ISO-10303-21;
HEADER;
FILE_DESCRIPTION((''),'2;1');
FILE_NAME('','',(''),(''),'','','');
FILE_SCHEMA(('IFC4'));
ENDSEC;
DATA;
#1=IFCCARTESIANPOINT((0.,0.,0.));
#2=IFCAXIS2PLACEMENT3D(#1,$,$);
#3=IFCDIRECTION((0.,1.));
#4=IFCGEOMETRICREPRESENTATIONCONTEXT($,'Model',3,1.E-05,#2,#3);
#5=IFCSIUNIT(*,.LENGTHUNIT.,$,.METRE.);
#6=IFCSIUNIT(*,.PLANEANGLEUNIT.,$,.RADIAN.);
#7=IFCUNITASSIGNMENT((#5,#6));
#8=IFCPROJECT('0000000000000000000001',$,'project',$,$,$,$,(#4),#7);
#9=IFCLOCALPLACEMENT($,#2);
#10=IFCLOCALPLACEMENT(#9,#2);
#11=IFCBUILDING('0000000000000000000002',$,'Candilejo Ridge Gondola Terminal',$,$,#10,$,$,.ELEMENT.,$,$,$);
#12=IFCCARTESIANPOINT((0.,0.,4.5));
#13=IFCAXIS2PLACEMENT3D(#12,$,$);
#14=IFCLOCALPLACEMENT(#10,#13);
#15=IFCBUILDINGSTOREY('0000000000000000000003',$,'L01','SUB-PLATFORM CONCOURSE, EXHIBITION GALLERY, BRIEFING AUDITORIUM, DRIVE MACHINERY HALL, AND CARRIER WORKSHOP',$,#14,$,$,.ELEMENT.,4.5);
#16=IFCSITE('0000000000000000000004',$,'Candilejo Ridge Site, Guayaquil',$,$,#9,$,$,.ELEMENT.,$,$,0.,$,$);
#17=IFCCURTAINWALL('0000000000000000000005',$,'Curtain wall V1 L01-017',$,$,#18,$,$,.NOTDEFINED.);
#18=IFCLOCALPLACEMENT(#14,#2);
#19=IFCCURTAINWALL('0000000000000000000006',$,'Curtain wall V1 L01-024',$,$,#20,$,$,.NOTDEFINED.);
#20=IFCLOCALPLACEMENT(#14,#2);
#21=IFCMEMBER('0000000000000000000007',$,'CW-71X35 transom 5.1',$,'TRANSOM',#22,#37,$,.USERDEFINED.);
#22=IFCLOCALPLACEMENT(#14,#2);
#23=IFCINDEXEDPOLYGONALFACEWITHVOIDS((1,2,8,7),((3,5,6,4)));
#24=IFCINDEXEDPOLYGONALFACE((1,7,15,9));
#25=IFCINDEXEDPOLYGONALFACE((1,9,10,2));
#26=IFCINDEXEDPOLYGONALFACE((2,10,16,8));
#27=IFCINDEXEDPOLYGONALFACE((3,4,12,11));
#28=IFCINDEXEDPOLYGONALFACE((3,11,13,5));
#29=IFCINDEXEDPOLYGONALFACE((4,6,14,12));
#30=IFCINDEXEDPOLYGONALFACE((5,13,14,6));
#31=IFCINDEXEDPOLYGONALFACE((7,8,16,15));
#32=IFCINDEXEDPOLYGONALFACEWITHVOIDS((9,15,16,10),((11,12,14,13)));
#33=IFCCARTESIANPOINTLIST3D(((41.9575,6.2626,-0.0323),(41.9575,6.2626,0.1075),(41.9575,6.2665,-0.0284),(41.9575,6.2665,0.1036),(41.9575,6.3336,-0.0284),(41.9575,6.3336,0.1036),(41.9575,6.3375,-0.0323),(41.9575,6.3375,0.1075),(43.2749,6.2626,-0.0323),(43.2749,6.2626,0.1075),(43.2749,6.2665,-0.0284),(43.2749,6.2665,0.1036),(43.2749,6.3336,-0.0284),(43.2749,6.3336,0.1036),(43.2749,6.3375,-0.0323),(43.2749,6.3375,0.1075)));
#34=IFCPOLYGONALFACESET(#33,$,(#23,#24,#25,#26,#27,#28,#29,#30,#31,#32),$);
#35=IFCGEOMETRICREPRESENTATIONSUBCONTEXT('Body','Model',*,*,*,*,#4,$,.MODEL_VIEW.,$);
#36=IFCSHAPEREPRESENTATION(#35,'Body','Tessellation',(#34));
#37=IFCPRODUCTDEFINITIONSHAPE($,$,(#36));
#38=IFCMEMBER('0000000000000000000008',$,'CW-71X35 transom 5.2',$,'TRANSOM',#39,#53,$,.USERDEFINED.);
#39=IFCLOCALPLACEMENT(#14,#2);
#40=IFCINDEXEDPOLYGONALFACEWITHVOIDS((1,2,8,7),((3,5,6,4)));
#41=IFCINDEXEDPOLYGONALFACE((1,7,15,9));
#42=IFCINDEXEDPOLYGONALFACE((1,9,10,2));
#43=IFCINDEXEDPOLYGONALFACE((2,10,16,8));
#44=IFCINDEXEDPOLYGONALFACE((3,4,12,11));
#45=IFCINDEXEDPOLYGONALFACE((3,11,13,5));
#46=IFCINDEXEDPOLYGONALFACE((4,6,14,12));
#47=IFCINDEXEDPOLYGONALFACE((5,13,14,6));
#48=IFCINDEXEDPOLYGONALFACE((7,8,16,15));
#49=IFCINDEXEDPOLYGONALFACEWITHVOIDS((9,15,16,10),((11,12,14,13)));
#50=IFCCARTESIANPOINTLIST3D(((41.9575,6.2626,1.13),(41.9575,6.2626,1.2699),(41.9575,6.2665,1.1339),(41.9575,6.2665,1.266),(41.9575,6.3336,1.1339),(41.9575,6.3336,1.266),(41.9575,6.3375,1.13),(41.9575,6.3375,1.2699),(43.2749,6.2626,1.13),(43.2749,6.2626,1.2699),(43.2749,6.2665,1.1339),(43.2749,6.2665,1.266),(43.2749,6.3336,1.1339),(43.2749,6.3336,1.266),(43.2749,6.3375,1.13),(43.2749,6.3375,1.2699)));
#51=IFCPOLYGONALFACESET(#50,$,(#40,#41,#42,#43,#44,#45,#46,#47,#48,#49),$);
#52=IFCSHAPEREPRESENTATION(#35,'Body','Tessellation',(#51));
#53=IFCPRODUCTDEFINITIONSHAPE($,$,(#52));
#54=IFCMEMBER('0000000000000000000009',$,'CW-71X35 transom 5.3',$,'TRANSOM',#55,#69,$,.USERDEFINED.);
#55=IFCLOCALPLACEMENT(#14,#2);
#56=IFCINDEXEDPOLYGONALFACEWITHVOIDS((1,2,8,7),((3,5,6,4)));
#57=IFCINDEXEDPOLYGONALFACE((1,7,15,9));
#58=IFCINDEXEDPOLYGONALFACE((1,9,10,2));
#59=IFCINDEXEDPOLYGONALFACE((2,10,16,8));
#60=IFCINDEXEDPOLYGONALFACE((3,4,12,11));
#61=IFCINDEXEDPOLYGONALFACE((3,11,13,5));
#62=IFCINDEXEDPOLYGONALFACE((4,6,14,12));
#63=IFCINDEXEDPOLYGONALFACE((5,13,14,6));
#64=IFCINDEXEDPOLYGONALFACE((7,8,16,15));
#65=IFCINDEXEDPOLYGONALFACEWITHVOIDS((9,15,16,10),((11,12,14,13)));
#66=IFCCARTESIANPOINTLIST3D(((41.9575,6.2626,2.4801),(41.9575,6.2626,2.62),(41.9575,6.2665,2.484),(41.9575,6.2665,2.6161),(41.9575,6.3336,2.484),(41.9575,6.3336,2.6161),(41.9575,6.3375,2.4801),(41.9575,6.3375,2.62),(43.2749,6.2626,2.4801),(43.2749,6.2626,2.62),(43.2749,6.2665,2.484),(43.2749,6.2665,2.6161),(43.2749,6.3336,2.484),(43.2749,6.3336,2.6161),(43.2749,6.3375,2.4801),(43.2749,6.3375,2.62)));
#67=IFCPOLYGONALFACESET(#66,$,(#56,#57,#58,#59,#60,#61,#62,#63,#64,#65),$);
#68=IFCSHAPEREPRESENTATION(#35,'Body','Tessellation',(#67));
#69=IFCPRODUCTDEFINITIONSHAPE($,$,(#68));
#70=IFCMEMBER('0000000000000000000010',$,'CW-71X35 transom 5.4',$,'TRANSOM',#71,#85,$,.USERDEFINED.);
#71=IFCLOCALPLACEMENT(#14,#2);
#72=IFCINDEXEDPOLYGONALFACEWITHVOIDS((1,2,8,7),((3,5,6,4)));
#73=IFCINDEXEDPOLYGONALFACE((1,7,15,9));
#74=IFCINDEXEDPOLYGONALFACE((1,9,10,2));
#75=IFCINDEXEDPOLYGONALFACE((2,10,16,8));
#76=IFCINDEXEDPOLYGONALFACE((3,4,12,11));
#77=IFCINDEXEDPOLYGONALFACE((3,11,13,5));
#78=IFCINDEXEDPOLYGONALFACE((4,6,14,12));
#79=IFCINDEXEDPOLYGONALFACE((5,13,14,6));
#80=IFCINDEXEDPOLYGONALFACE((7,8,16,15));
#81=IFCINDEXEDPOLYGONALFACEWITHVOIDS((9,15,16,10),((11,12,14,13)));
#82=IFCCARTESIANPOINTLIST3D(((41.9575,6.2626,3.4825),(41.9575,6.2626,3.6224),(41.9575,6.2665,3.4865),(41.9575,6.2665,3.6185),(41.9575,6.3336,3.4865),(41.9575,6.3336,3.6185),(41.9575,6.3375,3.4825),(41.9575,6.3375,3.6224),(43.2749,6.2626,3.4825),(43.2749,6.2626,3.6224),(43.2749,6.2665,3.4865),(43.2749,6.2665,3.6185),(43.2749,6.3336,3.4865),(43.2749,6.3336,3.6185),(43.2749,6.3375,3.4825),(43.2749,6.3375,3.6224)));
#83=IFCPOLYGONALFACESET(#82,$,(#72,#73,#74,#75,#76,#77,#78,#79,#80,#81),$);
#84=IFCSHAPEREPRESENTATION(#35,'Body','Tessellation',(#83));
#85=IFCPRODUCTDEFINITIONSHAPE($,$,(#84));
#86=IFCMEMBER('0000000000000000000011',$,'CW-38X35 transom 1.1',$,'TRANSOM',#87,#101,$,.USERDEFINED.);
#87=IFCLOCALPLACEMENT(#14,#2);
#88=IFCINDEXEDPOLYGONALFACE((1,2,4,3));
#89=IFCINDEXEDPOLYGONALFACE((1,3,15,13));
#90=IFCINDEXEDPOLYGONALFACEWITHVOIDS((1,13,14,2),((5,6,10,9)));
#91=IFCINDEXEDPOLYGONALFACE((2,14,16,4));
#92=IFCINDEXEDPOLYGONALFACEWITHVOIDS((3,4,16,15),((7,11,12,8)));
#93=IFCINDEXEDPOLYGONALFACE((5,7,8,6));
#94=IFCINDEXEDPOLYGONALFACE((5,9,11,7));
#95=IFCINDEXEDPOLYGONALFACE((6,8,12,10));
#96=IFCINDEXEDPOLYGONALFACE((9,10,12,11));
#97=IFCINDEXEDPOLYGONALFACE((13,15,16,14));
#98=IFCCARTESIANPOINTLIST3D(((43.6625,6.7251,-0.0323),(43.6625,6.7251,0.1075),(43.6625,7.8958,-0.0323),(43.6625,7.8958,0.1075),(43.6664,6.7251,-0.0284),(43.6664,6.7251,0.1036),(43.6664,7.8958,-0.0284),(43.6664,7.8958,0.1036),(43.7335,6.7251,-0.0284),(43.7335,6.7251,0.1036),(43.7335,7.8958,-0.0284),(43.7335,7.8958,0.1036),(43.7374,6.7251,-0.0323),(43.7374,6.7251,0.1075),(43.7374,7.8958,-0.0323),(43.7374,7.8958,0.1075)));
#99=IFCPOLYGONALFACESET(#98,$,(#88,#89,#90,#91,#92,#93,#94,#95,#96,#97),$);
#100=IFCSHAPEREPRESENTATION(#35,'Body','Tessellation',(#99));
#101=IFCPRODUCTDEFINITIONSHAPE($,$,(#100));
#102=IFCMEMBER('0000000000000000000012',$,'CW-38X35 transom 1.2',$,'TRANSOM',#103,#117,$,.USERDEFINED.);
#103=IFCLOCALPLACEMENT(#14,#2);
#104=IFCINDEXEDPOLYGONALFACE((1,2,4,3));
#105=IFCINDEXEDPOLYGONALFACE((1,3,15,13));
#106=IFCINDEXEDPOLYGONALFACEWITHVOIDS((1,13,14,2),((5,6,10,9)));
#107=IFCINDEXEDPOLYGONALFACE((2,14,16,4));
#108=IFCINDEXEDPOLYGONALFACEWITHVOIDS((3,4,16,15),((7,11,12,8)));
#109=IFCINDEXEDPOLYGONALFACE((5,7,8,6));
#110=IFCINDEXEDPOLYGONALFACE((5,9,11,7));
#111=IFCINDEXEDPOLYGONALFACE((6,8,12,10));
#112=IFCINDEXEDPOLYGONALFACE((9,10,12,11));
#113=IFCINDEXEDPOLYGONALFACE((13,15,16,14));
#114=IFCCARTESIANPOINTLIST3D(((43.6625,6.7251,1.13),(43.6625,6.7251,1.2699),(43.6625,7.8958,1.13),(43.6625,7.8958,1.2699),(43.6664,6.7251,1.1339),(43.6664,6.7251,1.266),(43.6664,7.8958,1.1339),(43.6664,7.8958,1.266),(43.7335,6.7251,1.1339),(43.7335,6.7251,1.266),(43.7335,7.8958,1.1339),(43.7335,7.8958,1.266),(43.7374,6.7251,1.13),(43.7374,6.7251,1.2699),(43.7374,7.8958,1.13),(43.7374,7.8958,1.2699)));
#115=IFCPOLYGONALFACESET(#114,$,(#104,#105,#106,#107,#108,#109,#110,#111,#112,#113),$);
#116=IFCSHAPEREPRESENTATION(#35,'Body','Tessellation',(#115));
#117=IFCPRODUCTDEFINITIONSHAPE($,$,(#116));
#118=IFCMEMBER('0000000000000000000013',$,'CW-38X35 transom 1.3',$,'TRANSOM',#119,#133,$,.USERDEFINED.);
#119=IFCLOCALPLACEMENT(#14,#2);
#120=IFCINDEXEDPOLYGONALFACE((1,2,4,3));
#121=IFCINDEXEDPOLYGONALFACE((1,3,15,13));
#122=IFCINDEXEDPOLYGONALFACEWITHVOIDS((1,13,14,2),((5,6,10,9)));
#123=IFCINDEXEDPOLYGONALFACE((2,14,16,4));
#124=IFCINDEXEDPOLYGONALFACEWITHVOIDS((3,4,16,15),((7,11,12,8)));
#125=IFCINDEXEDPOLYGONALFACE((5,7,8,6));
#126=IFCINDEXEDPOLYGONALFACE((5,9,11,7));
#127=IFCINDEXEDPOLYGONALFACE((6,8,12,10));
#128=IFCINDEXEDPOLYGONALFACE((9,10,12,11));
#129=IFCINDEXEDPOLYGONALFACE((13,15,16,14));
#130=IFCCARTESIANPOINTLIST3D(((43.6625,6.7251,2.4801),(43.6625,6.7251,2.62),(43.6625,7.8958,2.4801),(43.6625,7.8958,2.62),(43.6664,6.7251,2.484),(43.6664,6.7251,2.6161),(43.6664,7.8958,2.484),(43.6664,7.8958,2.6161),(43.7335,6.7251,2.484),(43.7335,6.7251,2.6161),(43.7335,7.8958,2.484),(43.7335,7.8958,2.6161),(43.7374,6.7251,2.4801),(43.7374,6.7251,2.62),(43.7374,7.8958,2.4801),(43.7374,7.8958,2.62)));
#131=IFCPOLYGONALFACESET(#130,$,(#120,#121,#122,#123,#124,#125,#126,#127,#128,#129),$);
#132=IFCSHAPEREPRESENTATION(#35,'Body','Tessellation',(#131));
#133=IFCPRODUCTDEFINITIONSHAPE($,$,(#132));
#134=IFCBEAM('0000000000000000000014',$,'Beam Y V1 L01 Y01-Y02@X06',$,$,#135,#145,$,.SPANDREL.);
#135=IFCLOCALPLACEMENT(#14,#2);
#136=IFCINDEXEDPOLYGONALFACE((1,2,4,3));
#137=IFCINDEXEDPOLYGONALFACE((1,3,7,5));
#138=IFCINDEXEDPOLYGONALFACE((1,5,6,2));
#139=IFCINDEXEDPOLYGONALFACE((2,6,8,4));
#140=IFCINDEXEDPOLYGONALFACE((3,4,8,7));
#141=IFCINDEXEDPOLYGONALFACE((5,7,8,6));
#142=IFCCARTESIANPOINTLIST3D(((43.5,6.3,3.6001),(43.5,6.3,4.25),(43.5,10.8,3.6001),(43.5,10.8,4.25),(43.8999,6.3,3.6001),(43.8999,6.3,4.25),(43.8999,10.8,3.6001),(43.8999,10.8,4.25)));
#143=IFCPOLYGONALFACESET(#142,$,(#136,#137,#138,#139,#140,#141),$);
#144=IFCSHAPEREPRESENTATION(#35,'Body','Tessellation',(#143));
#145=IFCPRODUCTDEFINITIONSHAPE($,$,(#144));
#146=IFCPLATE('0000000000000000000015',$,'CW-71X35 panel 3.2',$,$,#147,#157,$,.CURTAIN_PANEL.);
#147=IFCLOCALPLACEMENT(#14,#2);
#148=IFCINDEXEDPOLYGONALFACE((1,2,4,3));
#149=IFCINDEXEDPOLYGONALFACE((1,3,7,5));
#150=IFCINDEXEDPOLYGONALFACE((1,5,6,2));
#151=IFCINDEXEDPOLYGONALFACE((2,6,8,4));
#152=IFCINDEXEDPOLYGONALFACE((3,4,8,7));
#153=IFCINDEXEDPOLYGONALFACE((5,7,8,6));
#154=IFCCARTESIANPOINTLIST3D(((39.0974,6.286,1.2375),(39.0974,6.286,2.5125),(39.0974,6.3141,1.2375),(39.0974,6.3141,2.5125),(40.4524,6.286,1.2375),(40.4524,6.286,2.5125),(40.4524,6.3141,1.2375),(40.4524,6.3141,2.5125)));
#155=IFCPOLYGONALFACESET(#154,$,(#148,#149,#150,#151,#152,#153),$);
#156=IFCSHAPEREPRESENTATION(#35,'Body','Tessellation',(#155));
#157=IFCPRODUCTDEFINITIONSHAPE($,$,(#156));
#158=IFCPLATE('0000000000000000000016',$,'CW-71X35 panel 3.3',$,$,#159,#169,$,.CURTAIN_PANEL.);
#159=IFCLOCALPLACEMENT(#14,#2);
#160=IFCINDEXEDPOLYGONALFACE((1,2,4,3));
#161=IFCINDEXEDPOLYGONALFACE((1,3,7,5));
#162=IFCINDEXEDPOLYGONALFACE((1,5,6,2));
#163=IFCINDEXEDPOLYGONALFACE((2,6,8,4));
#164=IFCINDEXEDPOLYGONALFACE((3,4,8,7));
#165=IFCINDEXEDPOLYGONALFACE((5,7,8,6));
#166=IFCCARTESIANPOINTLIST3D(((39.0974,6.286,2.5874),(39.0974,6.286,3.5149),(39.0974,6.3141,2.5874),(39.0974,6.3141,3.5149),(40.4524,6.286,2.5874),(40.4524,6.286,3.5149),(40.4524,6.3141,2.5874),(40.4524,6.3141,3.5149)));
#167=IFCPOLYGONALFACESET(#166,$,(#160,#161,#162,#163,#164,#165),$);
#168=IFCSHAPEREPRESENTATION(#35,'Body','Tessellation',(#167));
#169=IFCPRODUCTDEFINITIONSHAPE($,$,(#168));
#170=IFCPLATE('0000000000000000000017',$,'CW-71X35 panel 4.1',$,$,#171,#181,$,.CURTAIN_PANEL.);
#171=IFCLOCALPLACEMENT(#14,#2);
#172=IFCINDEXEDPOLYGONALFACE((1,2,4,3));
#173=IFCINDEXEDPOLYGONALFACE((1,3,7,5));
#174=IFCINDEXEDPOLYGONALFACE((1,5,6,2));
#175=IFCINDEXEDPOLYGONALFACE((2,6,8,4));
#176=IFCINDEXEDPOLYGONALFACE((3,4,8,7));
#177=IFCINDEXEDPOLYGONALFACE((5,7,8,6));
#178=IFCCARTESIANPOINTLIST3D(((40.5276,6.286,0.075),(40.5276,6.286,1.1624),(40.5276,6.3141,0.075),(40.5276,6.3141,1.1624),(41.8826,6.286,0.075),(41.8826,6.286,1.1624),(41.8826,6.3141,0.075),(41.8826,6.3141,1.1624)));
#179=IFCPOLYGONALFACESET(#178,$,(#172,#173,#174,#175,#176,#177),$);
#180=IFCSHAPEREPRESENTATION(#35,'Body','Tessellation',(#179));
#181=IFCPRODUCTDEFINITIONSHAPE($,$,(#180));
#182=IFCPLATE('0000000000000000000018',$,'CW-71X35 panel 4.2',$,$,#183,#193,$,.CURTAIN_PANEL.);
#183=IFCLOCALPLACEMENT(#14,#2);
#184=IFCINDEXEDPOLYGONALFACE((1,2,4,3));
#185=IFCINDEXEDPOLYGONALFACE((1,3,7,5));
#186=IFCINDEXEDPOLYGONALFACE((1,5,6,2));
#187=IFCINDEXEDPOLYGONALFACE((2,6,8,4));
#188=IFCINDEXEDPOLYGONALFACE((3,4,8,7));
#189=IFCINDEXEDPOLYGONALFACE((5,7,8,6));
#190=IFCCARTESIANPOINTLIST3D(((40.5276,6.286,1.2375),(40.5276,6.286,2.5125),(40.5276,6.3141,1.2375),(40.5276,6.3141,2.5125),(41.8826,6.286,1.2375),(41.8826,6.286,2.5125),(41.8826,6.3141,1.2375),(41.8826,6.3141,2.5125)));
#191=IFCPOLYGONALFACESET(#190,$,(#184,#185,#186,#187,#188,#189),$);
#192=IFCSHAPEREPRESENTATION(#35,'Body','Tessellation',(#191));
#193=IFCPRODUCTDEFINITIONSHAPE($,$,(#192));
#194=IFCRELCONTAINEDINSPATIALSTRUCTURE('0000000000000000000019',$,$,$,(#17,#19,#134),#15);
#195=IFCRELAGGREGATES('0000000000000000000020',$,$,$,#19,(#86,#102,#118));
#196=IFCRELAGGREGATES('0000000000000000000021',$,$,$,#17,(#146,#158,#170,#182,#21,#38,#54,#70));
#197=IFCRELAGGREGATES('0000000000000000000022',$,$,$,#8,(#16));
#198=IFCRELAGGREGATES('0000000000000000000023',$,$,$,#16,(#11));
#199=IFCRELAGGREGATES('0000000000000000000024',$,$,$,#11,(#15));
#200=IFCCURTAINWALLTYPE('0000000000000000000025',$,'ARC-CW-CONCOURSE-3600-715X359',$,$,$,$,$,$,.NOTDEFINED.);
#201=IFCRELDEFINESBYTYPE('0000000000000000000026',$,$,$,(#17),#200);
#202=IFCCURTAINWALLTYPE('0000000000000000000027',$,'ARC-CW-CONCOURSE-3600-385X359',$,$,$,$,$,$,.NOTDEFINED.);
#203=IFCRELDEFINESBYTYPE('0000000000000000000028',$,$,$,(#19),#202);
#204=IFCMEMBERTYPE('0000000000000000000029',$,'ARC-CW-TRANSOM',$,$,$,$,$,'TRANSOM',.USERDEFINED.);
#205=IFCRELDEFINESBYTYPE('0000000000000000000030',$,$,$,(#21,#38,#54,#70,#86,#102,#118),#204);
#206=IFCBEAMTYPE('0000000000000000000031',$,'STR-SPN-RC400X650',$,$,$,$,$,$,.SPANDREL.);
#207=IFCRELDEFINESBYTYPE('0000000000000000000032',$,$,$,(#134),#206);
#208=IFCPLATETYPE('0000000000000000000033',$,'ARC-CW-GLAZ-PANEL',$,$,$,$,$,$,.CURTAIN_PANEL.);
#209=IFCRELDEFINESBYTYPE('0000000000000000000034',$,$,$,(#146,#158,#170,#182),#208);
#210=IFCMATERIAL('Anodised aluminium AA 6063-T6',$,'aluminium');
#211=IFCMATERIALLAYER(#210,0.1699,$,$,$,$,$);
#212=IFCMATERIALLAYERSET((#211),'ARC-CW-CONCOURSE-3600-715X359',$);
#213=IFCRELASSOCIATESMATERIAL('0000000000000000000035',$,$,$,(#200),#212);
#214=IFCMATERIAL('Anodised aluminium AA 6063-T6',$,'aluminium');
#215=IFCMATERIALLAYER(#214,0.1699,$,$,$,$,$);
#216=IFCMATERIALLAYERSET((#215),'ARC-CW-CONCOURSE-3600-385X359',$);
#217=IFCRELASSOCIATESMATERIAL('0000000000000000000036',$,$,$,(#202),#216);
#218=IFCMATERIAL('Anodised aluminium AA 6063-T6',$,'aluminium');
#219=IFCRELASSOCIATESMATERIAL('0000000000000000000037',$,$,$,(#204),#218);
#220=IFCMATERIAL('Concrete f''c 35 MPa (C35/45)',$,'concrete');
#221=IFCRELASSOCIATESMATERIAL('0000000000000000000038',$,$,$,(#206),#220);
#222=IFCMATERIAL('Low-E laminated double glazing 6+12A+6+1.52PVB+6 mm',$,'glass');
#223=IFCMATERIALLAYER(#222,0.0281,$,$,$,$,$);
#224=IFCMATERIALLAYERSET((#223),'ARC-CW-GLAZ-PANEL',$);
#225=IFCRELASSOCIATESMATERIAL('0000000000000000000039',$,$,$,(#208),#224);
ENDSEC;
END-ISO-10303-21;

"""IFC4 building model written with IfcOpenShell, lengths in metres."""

from ifc_helpers import new_model, si_unit, direction, frame, origin, origin_2d, place, context, subcontext, project, spatial, rectangle, hollow_rectangle, extrude, material, layer, layer_set, material_profile, profile_set, type_object, element, aggregate, save


model = new_model("IFC4")

# Units and contexts
model_context = context("Model", 3, precision=1e-05, world=origin(), true_north=direction((0.0, 1.0)))
body_context = subcontext(model_context, "Body", "Model", "MODEL_VIEW")
ifc_project = project(units=[si_unit("LENGTHUNIT", "METRE"), si_unit("PLANEANGLEUNIT", "RADIAN")], contexts=[model_context])

# Site, building, storey
site_placement = place(None, origin())
site = spatial("IfcSite", under=ifc_project, at=site_placement, Name="Candilejo Ridge Site, Guayaquil", CompositionType="ELEMENT", RefElevation=0.0)
building_placement = place(site_placement, origin())
building = spatial("IfcBuilding", under=site, at=building_placement, Name="Candilejo Ridge Gondola Terminal", CompositionType="ELEMENT")
storey_placement = place(building_placement, frame((0.0, 0.0, 4.5)))
storey = spatial("IfcBuildingStorey", under=building, at=storey_placement, Name="L01", Description="SUB-PLATFORM CONCOURSE, EXHIBITION GALLERY, BRIEFING AUDITORIUM, DRIVE MACHINERY HALL, AND CARRIER WORKSHOP", CompositionType="ELEMENT", Elevation=4.5)

# Curtain wall
ifc_material_1 = material(Name="Anodised aluminium AA 6063-T6", Category="aluminium")
ifc_layer_1 = layer(ifc_material_1, 0.1699)
ifc_layer_set_1 = layer_set([ifc_layer_1], Name="ARC-CW-CONCOURSE-3600-715X359")
curtain_wall_type_1 = type_object("IfcCurtainWallType", Name="ARC-CW-CONCOURSE-3600-715X359", PredefinedType="NOTDEFINED", material=ifc_layer_set_1)
curtain_wall_1_placement = place(storey_placement, origin())
curtain_wall_1 = element("IfcCurtainWall", 1, at=curtain_wall_1_placement, inside=storey, type_object=curtain_wall_type_1, Name="Curtain wall V1 L01-017", PredefinedType="NOTDEFINED")

# Curtain wall
ifc_material_2 = material(Name="Anodised aluminium AA 6063-T6", Category="aluminium")
ifc_layer_2 = layer(ifc_material_2, 0.1699)
ifc_layer_set_2 = layer_set([ifc_layer_2], Name="ARC-CW-CONCOURSE-3600-385X359")
curtain_wall_type_2 = type_object("IfcCurtainWallType", Name="ARC-CW-CONCOURSE-3600-385X359", PredefinedType="NOTDEFINED", material=ifc_layer_set_2)
curtain_wall_2_placement = place(storey_placement, origin())
curtain_wall_2 = element("IfcCurtainWall", 2, at=curtain_wall_2_placement, inside=storey, type_object=curtain_wall_type_2, Name="Curtain wall V1 L01-024", PredefinedType="NOTDEFINED")

# Members
ifc_material_3 = material(Name="Anodised aluminium AA 6063-T6", Category="aluminium")
ifc_material_profile_1 = material_profile(ifc_material_3, hollow_rectangle(XDim=0.075, YDim=0.1399, WallThickness=0.0039, at=origin_2d()))
ifc_profile_set_1 = profile_set([ifc_material_profile_1], Name="Anodised aluminium AA 6063-T6")
member_type_1 = type_object("IfcMemberType", Name="ARC-CW-TRANSOM", ElementType="TRANSOM", PredefinedType="USERDEFINED", material=ifc_profile_set_1)
member_1_placement = place(storey_placement, frame((41.9575, 6.3, 0.0376), z_axis=(1.0, 0.0, 0.0), x_axis=(0.0, 1.0, 0.0)))
member_1 = element("IfcMember", 3, at=member_1_placement, type_object=member_type_1, Name="CW-71X35 transom 5.1", ObjectType="TRANSOM", PredefinedType="USERDEFINED", context=body_context, shape_type="SweptSolid", body=[
    extrude(hollow_rectangle(XDim=0.075, YDim=0.1399, WallThickness=0.0039, at=origin_2d()), origin(), (0.0, 0.0, 1.0), 1.3174),
])
member_2_placement = place(storey_placement, frame((41.9575, 6.3, 1.2), z_axis=(1.0, 0.0, 0.0), x_axis=(0.0, 1.0, 0.0)))
member_2 = element("IfcMember", 4, at=member_2_placement, type_object=member_type_1, Name="CW-71X35 transom 5.2", ObjectType="TRANSOM", PredefinedType="USERDEFINED", context=body_context, shape_type="SweptSolid", body=[
    extrude(hollow_rectangle(XDim=0.075, YDim=0.1399, WallThickness=0.0039, at=origin_2d()), origin(), (0.0, 0.0, 1.0), 1.3174),
])
member_3_placement = place(storey_placement, frame((41.9575, 6.3, 2.55), z_axis=(1.0, 0.0, 0.0), x_axis=(0.0, 1.0, 0.0)))
member_3 = element("IfcMember", 5, at=member_3_placement, type_object=member_type_1, Name="CW-71X35 transom 5.3", ObjectType="TRANSOM", PredefinedType="USERDEFINED", context=body_context, shape_type="SweptSolid", body=[
    extrude(hollow_rectangle(XDim=0.075, YDim=0.1399, WallThickness=0.0039, at=origin_2d()), origin(), (0.0, 0.0, 1.0), 1.3174),
])
member_4_placement = place(storey_placement, frame((41.9575, 6.3, 3.5525), z_axis=(1.0, 0.0, 0.0), x_axis=(0.0, 1.0, 0.0)))
member_4 = element("IfcMember", 6, at=member_4_placement, type_object=member_type_1, Name="CW-71X35 transom 5.4", ObjectType="TRANSOM", PredefinedType="USERDEFINED", context=body_context, shape_type="SweptSolid", body=[
    extrude(hollow_rectangle(XDim=0.075, YDim=0.1399, WallThickness=0.0039, at=origin_2d()), origin(), (0.0, 0.0, 1.0), 1.3174),
])
member_5_placement = place(storey_placement, frame((43.7, 6.7251, 0.0376), z_axis=(0.0, 1.0, 0.0), x_axis=(-1.0, 0.0, 0.0)))
member_5 = element("IfcMember", 7, at=member_5_placement, type_object=member_type_1, Name="CW-38X35 transom 1.1", ObjectType="TRANSOM", PredefinedType="USERDEFINED", context=body_context, shape_type="SweptSolid", body=[
    extrude(hollow_rectangle(XDim=0.075, YDim=0.1399, WallThickness=0.0039, at=origin_2d()), origin(), (0.0, 0.0, 1.0), 1.1707),
])
member_6_placement = place(storey_placement, frame((43.7, 6.7251, 1.2), z_axis=(0.0, 1.0, 0.0), x_axis=(-1.0, 0.0, 0.0)))
member_6 = element("IfcMember", 8, at=member_6_placement, type_object=member_type_1, Name="CW-38X35 transom 1.2", ObjectType="TRANSOM", PredefinedType="USERDEFINED", context=body_context, shape_type="SweptSolid", body=[
    extrude(hollow_rectangle(XDim=0.075, YDim=0.1399, WallThickness=0.0039, at=origin_2d()), origin(), (0.0, 0.0, 1.0), 1.1707),
])
member_7_placement = place(storey_placement, frame((43.7, 6.7251, 2.55), z_axis=(0.0, 1.0, 0.0), x_axis=(-1.0, 0.0, 0.0)))
member_7 = element("IfcMember", 9, at=member_7_placement, type_object=member_type_1, Name="CW-38X35 transom 1.3", ObjectType="TRANSOM", PredefinedType="USERDEFINED", context=body_context, shape_type="SweptSolid", body=[
    extrude(hollow_rectangle(XDim=0.075, YDim=0.1399, WallThickness=0.0039, at=origin_2d()), origin(), (0.0, 0.0, 1.0), 1.1707),
])
aggregate(curtain_wall_2, [member_5, member_6, member_7])

# Beam
ifc_material_4 = material(Name="Concrete f'c 35 MPa (C35/45)", Category="concrete")
ifc_material_profile_2 = material_profile(ifc_material_4, rectangle(XDim=0.3999, YDim=0.6499, at=origin_2d()))
ifc_profile_set_2 = profile_set([ifc_material_profile_2], Name="Concrete f'c 35 MPa (C35/45)")
beam_type = type_object("IfcBeamType", Name="STR-SPN-RC400X650", PredefinedType="SPANDREL", material=ifc_profile_set_2)
beam_placement = place(storey_placement, frame((43.7, 6.3, 3.925), z_axis=(0.0, 1.0, 0.0), x_axis=(-1.0, 0.0, 0.0)))
element("IfcBeam", 10, at=beam_placement, inside=storey, type_object=beam_type, Name="Beam Y V1 L01 Y01-Y02@X06", PredefinedType="SPANDREL", context=body_context, shape_type="SweptSolid", body=[
    extrude(rectangle(XDim=0.3999, YDim=0.6499, at=origin_2d()), origin(), (0.0, 0.0, 1.0), 4.5),
])

# Plates
ifc_material_5 = material(Name="Low-E laminated double glazing 6+12A+6+1.52PVB+6 mm", Category="glass")
ifc_layer_3 = layer(ifc_material_5, 0.0281)
ifc_layer_set_3 = layer_set([ifc_layer_3], Name="ARC-CW-GLAZ-PANEL")
plate_type = type_object("IfcPlateType", Name="ARC-CW-GLAZ-PANEL", PredefinedType="CURTAIN_PANEL", material=ifc_layer_set_3)
plate_1_placement = place(storey_placement, frame((39.7749, 6.3, 1.2375), z_axis=(0.0, 0.0, 1.0), x_axis=(1.0, 0.0, 0.0)))
plate_1 = element("IfcPlate", 11, at=plate_1_placement, type_object=plate_type, Name="CW-71X35 panel 3.2", PredefinedType="CURTAIN_PANEL", context=body_context, shape_type="SweptSolid", body=[
    extrude(rectangle(XDim=1.355, YDim=0.0281, at=origin_2d()), origin(), (0.0, 0.0, 1.0), 1.2749),
])
plate_2_placement = place(storey_placement, frame((39.7749, 6.3, 2.5874), z_axis=(0.0, 0.0, 1.0), x_axis=(1.0, 0.0, 0.0)))
plate_2 = element("IfcPlate", 12, at=plate_2_placement, type_object=plate_type, Name="CW-71X35 panel 3.3", PredefinedType="CURTAIN_PANEL", context=body_context, shape_type="SweptSolid", body=[
    extrude(rectangle(XDim=1.355, YDim=0.0281, at=origin_2d()), origin(), (0.0, 0.0, 1.0), 0.9275),
])
plate_3_placement = place(storey_placement, frame((41.2051, 6.3, 0.075), z_axis=(0.0, 0.0, 1.0), x_axis=(1.0, 0.0, 0.0)))
plate_3 = element("IfcPlate", 13, at=plate_3_placement, type_object=plate_type, Name="CW-71X35 panel 4.1", PredefinedType="CURTAIN_PANEL", context=body_context, shape_type="SweptSolid", body=[
    extrude(rectangle(XDim=1.355, YDim=0.0281, at=origin_2d()), origin(), (0.0, 0.0, 1.0), 1.0874),
])
plate_4_placement = place(storey_placement, frame((41.2051, 6.3, 1.2375), z_axis=(0.0, 0.0, 1.0), x_axis=(1.0, 0.0, 0.0)))
plate_4 = element("IfcPlate", 14, at=plate_4_placement, type_object=plate_type, Name="CW-71X35 panel 4.2", PredefinedType="CURTAIN_PANEL", context=body_context, shape_type="SweptSolid", body=[
    extrude(rectangle(XDim=1.355, YDim=0.0281, at=origin_2d()), origin(), (0.0, 0.0, 1.0), 1.2749),
])
aggregate(curtain_wall_1, [plate_1, plate_2, plate_3, plate_4, member_1, member_2, member_3, member_4])

save(model, "model.ifc")
